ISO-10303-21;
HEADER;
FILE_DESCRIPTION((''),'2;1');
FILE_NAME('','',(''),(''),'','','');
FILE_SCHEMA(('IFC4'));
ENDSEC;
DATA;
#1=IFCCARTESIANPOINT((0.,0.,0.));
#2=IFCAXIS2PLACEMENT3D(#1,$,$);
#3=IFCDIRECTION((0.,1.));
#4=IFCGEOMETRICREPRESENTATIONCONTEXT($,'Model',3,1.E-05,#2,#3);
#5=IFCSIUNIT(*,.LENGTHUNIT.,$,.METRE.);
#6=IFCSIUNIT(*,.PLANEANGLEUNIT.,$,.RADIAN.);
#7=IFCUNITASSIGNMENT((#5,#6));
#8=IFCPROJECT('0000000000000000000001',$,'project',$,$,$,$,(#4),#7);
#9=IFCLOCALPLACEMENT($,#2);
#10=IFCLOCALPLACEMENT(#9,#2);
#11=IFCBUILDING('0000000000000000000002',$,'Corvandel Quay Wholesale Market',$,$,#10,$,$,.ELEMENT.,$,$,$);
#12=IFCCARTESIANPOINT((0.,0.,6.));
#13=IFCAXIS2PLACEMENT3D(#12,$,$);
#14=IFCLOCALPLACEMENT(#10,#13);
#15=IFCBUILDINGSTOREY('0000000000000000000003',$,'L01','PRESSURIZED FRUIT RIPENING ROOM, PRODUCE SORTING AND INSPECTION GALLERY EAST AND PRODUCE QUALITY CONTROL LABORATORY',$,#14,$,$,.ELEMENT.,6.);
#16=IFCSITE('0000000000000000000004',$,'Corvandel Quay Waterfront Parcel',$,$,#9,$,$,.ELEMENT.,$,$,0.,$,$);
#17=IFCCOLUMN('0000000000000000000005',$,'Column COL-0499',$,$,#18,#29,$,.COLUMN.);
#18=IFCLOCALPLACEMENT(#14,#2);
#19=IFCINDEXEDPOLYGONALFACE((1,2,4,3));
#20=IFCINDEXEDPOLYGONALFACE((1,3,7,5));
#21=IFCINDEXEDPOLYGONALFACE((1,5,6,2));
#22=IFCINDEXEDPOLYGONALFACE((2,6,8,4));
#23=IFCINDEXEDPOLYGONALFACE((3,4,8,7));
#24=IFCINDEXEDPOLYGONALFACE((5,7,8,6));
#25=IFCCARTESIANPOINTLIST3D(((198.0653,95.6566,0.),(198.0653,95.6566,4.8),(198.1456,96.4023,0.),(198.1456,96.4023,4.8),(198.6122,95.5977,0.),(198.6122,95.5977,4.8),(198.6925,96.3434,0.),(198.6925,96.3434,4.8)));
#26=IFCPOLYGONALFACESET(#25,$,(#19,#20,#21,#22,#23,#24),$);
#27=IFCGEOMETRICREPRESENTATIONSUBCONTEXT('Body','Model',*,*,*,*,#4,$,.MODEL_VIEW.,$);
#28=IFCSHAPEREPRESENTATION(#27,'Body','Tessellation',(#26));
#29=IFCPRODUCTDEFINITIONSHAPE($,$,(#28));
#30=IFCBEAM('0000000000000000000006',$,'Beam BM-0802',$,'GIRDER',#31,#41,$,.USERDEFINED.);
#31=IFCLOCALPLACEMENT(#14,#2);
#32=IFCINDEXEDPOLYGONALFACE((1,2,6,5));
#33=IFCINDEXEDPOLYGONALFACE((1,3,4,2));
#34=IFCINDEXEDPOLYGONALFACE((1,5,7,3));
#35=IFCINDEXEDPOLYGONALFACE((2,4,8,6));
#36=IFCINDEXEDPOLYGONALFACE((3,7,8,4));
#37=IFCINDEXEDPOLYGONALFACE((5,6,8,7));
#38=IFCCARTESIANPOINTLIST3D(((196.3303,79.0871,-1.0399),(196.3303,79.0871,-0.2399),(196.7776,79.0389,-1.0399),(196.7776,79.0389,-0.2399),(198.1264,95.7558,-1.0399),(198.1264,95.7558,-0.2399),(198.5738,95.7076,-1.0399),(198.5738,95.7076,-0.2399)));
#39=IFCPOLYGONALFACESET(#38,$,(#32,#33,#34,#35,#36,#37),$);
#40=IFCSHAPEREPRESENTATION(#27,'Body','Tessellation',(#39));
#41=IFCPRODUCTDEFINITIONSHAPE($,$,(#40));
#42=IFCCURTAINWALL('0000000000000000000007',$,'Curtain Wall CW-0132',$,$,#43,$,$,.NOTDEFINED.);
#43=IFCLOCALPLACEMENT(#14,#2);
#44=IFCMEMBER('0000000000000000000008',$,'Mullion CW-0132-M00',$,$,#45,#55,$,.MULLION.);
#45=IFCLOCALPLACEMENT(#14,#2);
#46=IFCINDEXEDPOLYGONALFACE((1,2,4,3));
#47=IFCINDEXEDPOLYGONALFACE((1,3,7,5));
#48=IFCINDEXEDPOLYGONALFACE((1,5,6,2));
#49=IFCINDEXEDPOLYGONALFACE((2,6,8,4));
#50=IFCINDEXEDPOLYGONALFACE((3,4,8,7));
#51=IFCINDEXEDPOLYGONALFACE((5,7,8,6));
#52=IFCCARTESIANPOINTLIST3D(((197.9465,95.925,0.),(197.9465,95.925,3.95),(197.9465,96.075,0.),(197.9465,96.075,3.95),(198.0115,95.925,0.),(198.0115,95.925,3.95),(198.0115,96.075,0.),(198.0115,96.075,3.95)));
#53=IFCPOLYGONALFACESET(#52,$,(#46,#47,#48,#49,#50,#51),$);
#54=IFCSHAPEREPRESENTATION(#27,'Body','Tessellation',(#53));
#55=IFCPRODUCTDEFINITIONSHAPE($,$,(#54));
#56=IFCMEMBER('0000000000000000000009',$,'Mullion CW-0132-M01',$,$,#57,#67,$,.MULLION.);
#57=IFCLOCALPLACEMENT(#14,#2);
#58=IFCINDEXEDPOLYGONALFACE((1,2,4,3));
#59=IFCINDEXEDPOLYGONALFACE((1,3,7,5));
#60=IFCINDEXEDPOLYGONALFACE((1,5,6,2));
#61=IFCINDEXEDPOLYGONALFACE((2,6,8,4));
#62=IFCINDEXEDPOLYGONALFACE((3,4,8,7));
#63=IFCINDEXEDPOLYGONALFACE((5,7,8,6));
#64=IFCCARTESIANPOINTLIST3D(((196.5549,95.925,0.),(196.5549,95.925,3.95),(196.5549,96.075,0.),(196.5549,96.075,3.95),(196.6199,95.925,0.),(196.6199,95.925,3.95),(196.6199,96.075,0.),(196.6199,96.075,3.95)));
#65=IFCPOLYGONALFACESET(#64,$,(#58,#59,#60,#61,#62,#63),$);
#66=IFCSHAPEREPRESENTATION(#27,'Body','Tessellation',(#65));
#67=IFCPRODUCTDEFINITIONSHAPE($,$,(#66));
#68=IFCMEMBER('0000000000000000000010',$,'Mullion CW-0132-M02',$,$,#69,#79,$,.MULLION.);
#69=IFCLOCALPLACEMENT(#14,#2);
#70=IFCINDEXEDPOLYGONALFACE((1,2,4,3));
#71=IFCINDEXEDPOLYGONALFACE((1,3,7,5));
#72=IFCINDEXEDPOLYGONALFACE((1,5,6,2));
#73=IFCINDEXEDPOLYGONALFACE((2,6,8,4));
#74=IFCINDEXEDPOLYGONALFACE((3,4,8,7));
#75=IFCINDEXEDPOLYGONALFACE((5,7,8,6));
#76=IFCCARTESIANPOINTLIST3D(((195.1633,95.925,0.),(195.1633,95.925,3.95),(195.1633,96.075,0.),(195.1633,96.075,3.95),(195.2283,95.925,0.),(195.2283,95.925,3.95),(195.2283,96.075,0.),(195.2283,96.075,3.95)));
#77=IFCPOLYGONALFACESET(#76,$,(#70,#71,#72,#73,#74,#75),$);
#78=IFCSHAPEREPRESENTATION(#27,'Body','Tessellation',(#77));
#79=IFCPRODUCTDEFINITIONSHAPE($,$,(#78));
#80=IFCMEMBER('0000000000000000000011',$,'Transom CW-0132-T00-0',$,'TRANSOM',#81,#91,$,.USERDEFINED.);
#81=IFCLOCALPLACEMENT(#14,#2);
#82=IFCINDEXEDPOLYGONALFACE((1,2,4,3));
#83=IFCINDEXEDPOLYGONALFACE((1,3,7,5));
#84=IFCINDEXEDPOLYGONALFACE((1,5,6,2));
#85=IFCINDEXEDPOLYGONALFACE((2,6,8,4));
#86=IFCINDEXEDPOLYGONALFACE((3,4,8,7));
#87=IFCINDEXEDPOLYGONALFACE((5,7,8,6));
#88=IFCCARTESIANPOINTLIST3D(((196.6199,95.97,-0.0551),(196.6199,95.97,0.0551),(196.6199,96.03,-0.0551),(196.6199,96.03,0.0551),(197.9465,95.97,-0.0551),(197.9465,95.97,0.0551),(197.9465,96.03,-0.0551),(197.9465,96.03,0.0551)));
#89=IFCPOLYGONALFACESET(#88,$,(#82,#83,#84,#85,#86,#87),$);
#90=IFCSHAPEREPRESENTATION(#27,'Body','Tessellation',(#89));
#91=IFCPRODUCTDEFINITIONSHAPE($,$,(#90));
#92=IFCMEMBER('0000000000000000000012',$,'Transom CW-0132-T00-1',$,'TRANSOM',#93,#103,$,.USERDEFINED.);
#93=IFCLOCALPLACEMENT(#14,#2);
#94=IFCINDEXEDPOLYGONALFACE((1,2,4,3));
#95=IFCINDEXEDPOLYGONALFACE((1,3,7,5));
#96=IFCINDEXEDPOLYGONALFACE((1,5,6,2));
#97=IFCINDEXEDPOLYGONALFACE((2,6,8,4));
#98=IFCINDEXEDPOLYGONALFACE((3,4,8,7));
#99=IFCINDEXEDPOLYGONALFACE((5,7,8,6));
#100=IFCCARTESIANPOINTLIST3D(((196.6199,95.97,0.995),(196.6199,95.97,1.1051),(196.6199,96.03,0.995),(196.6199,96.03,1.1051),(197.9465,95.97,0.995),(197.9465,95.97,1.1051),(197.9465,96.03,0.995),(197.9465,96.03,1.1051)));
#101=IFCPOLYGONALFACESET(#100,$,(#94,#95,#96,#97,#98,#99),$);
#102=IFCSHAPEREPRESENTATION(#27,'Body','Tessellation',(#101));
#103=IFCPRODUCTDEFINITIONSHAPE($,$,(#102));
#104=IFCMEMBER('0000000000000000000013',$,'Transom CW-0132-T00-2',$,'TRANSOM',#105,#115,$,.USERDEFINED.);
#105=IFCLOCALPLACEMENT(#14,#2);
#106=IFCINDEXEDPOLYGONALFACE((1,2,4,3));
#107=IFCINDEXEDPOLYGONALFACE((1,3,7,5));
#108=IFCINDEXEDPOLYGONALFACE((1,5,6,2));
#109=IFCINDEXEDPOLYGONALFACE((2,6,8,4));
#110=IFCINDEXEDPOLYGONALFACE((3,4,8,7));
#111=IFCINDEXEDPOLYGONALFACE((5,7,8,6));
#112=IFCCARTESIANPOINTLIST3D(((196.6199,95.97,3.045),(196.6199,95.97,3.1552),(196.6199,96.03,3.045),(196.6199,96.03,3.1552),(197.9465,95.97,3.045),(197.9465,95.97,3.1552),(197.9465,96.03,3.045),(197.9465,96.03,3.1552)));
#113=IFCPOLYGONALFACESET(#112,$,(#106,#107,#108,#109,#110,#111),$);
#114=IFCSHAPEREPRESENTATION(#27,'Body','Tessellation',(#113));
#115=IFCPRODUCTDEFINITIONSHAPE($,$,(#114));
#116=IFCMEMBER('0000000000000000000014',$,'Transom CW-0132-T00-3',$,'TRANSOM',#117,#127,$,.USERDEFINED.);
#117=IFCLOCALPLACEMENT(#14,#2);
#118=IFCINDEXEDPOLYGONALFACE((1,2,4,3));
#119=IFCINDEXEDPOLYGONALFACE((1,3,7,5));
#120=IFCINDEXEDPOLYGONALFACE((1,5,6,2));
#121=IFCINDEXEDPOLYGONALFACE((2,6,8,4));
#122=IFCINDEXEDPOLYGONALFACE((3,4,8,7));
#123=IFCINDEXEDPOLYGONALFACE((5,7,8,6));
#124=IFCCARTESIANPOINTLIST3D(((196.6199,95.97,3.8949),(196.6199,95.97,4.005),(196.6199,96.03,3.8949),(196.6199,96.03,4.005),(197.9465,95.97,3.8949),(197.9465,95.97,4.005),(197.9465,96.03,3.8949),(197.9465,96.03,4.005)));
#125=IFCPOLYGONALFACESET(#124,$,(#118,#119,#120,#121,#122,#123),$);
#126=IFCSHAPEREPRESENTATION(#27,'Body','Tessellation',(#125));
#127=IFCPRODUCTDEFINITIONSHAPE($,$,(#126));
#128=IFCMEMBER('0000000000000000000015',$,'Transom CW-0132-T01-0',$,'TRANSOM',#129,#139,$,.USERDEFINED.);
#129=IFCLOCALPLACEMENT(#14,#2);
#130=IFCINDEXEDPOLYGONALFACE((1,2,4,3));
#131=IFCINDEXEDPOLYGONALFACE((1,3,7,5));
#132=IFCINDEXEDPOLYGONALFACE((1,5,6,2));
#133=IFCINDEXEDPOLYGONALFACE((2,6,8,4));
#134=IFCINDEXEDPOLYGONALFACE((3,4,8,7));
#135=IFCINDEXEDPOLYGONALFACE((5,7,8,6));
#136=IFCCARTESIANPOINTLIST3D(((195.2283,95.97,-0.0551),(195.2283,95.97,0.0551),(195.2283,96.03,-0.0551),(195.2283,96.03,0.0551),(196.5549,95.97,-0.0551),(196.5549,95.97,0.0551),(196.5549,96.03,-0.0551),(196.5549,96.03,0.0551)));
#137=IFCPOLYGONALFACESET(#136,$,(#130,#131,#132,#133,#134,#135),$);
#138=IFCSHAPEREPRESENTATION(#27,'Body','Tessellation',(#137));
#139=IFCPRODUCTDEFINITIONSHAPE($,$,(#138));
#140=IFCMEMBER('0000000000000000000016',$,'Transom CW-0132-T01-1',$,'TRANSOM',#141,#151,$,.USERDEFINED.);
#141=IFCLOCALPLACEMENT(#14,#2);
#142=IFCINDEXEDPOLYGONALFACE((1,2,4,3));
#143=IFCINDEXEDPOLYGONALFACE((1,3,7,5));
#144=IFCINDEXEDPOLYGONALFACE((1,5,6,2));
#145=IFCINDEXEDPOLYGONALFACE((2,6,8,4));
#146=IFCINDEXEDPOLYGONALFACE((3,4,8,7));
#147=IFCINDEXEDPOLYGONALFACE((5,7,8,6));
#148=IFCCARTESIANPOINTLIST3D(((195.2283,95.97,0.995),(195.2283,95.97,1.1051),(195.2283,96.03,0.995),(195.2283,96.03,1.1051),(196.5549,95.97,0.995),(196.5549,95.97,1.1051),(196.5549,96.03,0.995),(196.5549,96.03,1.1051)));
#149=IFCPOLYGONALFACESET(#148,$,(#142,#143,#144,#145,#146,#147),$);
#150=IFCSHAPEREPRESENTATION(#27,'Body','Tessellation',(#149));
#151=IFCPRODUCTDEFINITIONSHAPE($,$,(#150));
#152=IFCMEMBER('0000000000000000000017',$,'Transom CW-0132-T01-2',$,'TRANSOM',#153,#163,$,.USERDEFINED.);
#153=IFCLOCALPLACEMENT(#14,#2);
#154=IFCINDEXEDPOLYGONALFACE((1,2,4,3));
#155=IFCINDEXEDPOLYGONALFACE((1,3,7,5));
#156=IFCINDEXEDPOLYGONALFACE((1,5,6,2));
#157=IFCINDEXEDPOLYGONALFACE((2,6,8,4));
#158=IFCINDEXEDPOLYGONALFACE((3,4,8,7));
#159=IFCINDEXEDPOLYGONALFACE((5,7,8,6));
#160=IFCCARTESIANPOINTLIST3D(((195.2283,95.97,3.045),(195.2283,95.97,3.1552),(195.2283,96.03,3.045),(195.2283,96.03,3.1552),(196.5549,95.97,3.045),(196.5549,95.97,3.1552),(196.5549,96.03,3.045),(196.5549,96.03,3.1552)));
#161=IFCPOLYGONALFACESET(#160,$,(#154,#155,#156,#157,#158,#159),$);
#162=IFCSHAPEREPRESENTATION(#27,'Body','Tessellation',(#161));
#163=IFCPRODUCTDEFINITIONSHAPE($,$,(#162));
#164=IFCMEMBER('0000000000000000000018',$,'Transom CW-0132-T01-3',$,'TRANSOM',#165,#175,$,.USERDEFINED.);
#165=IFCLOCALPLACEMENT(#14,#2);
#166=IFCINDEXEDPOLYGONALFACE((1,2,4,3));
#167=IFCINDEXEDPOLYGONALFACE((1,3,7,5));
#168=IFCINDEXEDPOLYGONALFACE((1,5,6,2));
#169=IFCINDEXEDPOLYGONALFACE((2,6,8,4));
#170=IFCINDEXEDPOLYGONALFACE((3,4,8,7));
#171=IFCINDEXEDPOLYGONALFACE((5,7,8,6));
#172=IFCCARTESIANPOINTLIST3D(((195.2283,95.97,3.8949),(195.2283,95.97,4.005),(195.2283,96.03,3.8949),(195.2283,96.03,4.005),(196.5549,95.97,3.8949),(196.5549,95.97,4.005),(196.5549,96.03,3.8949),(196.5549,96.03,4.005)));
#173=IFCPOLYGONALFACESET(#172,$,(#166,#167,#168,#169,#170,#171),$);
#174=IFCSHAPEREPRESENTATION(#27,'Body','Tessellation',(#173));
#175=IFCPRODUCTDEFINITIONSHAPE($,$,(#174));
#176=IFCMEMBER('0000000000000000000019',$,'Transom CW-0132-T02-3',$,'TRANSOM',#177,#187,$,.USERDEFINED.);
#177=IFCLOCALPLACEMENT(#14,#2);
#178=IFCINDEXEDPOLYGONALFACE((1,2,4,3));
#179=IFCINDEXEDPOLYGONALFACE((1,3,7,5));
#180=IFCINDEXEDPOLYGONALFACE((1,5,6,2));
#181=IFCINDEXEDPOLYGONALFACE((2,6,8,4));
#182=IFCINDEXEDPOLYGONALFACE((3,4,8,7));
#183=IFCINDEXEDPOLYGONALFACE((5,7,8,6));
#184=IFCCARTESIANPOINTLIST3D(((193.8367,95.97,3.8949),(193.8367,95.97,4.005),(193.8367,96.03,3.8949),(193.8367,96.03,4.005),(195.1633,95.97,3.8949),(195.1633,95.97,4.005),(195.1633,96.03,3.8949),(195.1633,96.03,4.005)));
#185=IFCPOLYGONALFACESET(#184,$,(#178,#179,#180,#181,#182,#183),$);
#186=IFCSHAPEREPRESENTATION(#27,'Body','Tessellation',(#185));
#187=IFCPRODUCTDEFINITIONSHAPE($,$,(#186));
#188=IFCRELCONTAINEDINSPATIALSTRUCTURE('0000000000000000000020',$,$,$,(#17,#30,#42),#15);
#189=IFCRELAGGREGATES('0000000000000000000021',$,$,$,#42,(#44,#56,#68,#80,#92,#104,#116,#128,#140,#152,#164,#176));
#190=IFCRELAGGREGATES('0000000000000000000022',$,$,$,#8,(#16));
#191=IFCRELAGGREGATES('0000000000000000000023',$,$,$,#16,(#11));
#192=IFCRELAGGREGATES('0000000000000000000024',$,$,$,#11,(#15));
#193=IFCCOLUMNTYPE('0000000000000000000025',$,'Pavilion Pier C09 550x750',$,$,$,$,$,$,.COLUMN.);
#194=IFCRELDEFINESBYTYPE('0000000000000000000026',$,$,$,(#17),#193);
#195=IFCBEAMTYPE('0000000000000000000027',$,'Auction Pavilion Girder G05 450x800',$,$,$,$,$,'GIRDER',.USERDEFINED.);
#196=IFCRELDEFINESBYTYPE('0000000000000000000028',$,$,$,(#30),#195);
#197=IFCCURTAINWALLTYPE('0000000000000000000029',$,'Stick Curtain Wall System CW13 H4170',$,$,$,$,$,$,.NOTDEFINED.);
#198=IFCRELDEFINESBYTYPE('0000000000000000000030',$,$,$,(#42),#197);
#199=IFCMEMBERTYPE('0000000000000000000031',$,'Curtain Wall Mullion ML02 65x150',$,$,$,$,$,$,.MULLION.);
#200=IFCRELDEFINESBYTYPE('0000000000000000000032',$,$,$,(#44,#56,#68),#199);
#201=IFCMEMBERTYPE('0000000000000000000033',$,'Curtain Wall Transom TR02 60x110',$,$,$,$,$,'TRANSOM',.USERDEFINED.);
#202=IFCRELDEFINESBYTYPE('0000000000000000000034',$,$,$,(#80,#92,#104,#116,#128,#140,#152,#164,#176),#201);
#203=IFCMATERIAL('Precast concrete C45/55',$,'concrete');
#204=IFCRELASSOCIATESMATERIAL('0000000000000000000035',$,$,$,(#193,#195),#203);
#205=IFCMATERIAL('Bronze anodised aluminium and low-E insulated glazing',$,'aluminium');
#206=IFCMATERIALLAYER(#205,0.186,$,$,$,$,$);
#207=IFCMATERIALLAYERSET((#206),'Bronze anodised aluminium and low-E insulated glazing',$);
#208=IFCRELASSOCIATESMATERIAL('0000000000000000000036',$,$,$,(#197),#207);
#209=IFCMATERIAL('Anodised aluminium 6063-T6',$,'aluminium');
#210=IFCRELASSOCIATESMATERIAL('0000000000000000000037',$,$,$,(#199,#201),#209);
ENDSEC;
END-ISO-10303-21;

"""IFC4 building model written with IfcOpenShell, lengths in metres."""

from ifc_helpers import new_model, si_unit, direction, frame, origin, origin_2d, place, context, subcontext, project, spatial, rectangle, extrude, material, layer, layer_set, material_profile, profile_set, type_object, element, aggregate, save


model = new_model("IFC4")

# Units and contexts
model_context = context("Model", 3, precision=1e-05, world=origin(), true_north=direction((0.0, 1.0)))
body_context = subcontext(model_context, "Body", "Model", "MODEL_VIEW")
ifc_project = project(units=[si_unit("LENGTHUNIT", "METRE"), si_unit("PLANEANGLEUNIT", "RADIAN")], contexts=[model_context])

# Site, building, storey
site_placement = place(None, origin())
site = spatial("IfcSite", under=ifc_project, at=site_placement, Name="Corvandel Quay Waterfront Parcel", CompositionType="ELEMENT", RefElevation=0.0)
building_placement = place(site_placement, origin())
building = spatial("IfcBuilding", under=site, at=building_placement, Name="Corvandel Quay Wholesale Market", CompositionType="ELEMENT")
storey_placement = place(building_placement, frame((0.0, 0.0, 6.0)))
storey = spatial("IfcBuildingStorey", under=building, at=storey_placement, Name="L01", Description="PRESSURIZED FRUIT RIPENING ROOM, PRODUCE SORTING AND INSPECTION GALLERY EAST AND PRODUCE QUALITY CONTROL LABORATORY", CompositionType="ELEMENT", Elevation=6.0)

# Column
ifc_material_1 = material(Name="Precast concrete C45/55", Category="concrete")
ifc_material_profile_1 = material_profile(ifc_material_1, rectangle(XDim=0.55, YDim=0.75, at=origin_2d()), Name="PC-COL-550x750")
ifc_profile_set_1 = profile_set([ifc_material_profile_1], Name="Precast concrete C45/55")
column_type = type_object("IfcColumnType", Name="Pavilion Pier C09 550x750", PredefinedType="COLUMN", material=ifc_profile_set_1)
column_placement = place(storey_placement, frame((198.3789, 96.0, 0.0), z_axis=(0.0, 0.0, 1.0), x_axis=(-0.994245, 0.107132, 0.0)))
element("IfcColumn", 1, at=column_placement, inside=storey, type_object=column_type, Name="Column COL-0499", PredefinedType="COLUMN", context=body_context, shape_type="SweptSolid", body=[
    extrude(rectangle(XDim=0.55, YDim=0.75, at=origin_2d()), origin(), (0.0, 0.0, 1.0), 4.8),
])

# Beam
ifc_material_profile_2 = material_profile(ifc_material_1, rectangle(XDim=0.45, YDim=0.8, at=origin_2d()), Name="PC-GIR-450x800")
ifc_profile_set_2 = profile_set([ifc_material_profile_2], Name="Precast concrete C45/55")
beam_type_1 = type_object("IfcBeamType", Name="Auction Pavilion Girder G05 450x800", ElementType="GIRDER", PredefinedType="USERDEFINED", material=ifc_profile_set_2)
beam_1_placement = place(storey_placement, frame((198.3501, 95.7317, -0.6399), z_axis=(-0.107135, -0.994244, 0.0), x_axis=(0.994244, -0.107135, 0.0)))
element("IfcBeam", 2, at=beam_1_placement, inside=storey, type_object=beam_type_1, Name="Beam BM-0802", ObjectType="GIRDER", PredefinedType="USERDEFINED", context=body_context, shape_type="SweptSolid", body=[
    extrude(rectangle(XDim=0.45, YDim=0.8, at=origin_2d()), origin(), (0.0, 0.0, 1.0), 16.7651),
])

# Curtain wall, members
ifc_material_2 = material(Name="Bronze anodised aluminium and low-E insulated glazing", Category="aluminium")
ifc_layer_1 = layer(ifc_material_2, 0.186)
ifc_layer_set_1 = layer_set([ifc_layer_1], Name="Bronze anodised aluminium and low-E insulated glazing")
curtain_wall_type = type_object("IfcCurtainWallType", Name="Stick Curtain Wall System CW13 H4170", PredefinedType="NOTDEFINED", material=ifc_layer_set_1)
curtain_wall_placement = place(storey_placement, origin())
curtain_wall = element("IfcCurtainWall", 3, at=curtain_wall_placement, inside=storey, type_object=curtain_wall_type, Name="Curtain Wall CW-0132", PredefinedType="NOTDEFINED")
ifc_material_3 = material(Name="Anodised aluminium 6063-T6", Category="aluminium")
ifc_material_profile_3 = material_profile(ifc_material_3, rectangle(XDim=0.0649, YDim=0.1499, at=origin_2d()), Name="ALU-MUL-65x150")
ifc_profile_set_3 = profile_set([ifc_material_profile_3], Name="Anodised aluminium 6063-T6")
member_type_1 = type_object("IfcMemberType", Name="Curtain Wall Mullion ML02 65x150", PredefinedType="MULLION", material=ifc_profile_set_3)
member_1_placement = place(storey_placement, frame((197.979, 96.0, 0.0), z_axis=(0.0, 0.0, 1.0), x_axis=(1.0, 0.0, 0.0)))
member_1 = element("IfcMember", 4, at=member_1_placement, type_object=member_type_1, Name="Mullion CW-0132-M00", PredefinedType="MULLION", context=body_context, shape_type="SweptSolid", body=[
    extrude(rectangle(XDim=0.0649, YDim=0.1499, at=origin_2d()), origin(), (0.0, 0.0, 1.0), 3.95),
])
member_2_placement = place(storey_placement, frame((196.5874, 96.0, 0.0), z_axis=(0.0, 0.0, 1.0), x_axis=(1.0, 0.0, 0.0)))
member_2 = element("IfcMember", 5, at=member_2_placement, type_object=member_type_1, Name="Mullion CW-0132-M01", PredefinedType="MULLION", context=body_context, shape_type="SweptSolid", body=[
    extrude(rectangle(XDim=0.0649, YDim=0.1499, at=origin_2d()), origin(), (0.0, 0.0, 1.0), 3.95),
])
member_3_placement = place(storey_placement, frame((195.1958, 96.0, 0.0), z_axis=(0.0, 0.0, 1.0), x_axis=(1.0, 0.0, 0.0)))
member_3 = element("IfcMember", 6, at=member_3_placement, type_object=member_type_1, Name="Mullion CW-0132-M02", PredefinedType="MULLION", context=body_context, shape_type="SweptSolid", body=[
    extrude(rectangle(XDim=0.0649, YDim=0.1499, at=origin_2d()), origin(), (0.0, 0.0, 1.0), 3.95),
])
ifc_material_profile_4 = material_profile(ifc_material_3, rectangle(XDim=0.0601, YDim=0.1101, at=origin_2d()), Name="ALU-TRN-60x110")
ifc_profile_set_4 = profile_set([ifc_material_profile_4], Name="Anodised aluminium 6063-T6")
member_type_2 = type_object("IfcMemberType", Name="Curtain Wall Transom TR02 60x110", ElementType="TRANSOM", PredefinedType="USERDEFINED", material=ifc_profile_set_4)
member_4_placement = place(storey_placement, frame((197.9465, 96.0, 0.0), z_axis=(-1.0, 0.0, 0.0), x_axis=(0.0, -1.0, 0.0)))
member_4 = element("IfcMember", 7, at=member_4_placement, type_object=member_type_2, Name="Transom CW-0132-T00-0", ObjectType="TRANSOM", PredefinedType="USERDEFINED", context=body_context, shape_type="SweptSolid", body=[
    extrude(rectangle(XDim=0.0601, YDim=0.1101, at=origin_2d()), origin(), (0.0, 0.0, 1.0), 1.3267),
])
member_5_placement = place(storey_placement, frame((197.9465, 96.0, 1.05), z_axis=(-1.0, 0.0, 0.0), x_axis=(0.0, -1.0, 0.0)))
member_5 = element("IfcMember", 8, at=member_5_placement, type_object=member_type_2, Name="Transom CW-0132-T00-1", ObjectType="TRANSOM", PredefinedType="USERDEFINED", context=body_context, shape_type="SweptSolid", body=[
    extrude(rectangle(XDim=0.0601, YDim=0.1101, at=origin_2d()), origin(), (0.0, 0.0, 1.0), 1.3267),
])
member_6_placement = place(storey_placement, frame((197.9465, 96.0, 3.1001), z_axis=(-1.0, 0.0, 0.0), x_axis=(0.0, -1.0, 0.0)))
member_6 = element("IfcMember", 9, at=member_6_placement, type_object=member_type_2, Name="Transom CW-0132-T00-2", ObjectType="TRANSOM", PredefinedType="USERDEFINED", context=body_context, shape_type="SweptSolid", body=[
    extrude(rectangle(XDim=0.0601, YDim=0.1101, at=origin_2d()), origin(), (0.0, 0.0, 1.0), 1.3267),
])
member_7_placement = place(storey_placement, frame((197.9465, 96.0, 3.95), z_axis=(-1.0, 0.0, 0.0), x_axis=(0.0, -1.0, 0.0)))
member_7 = element("IfcMember", 10, at=member_7_placement, type_object=member_type_2, Name="Transom CW-0132-T00-3", ObjectType="TRANSOM", PredefinedType="USERDEFINED", context=body_context, shape_type="SweptSolid", body=[
    extrude(rectangle(XDim=0.0601, YDim=0.1101, at=origin_2d()), origin(), (0.0, 0.0, 1.0), 1.3267),
])
member_8_placement = place(storey_placement, frame((196.5549, 96.0, 0.0), z_axis=(-1.0, 0.0, 0.0), x_axis=(0.0, -1.0, 0.0)))
member_8 = element("IfcMember", 11, at=member_8_placement, type_object=member_type_2, Name="Transom CW-0132-T01-0", ObjectType="TRANSOM", PredefinedType="USERDEFINED", context=body_context, shape_type="SweptSolid", body=[
    extrude(rectangle(XDim=0.0601, YDim=0.1101, at=origin_2d()), origin(), (0.0, 0.0, 1.0), 1.3267),
])
member_9_placement = place(storey_placement, frame((196.5549, 96.0, 1.05), z_axis=(-1.0, 0.0, 0.0), x_axis=(0.0, -1.0, 0.0)))
member_9 = element("IfcMember", 12, at=member_9_placement, type_object=member_type_2, Name="Transom CW-0132-T01-1", ObjectType="TRANSOM", PredefinedType="USERDEFINED", context=body_context, shape_type="SweptSolid", body=[
    extrude(rectangle(XDim=0.0601, YDim=0.1101, at=origin_2d()), origin(), (0.0, 0.0, 1.0), 1.3267),
])
member_10_placement = place(storey_placement, frame((196.5549, 96.0, 3.1001), z_axis=(-1.0, 0.0, 0.0), x_axis=(0.0, -1.0, 0.0)))
member_10 = element("IfcMember", 13, at=member_10_placement, type_object=member_type_2, Name="Transom CW-0132-T01-2", ObjectType="TRANSOM", PredefinedType="USERDEFINED", context=body_context, shape_type="SweptSolid", body=[
    extrude(rectangle(XDim=0.0601, YDim=0.1101, at=origin_2d()), origin(), (0.0, 0.0, 1.0), 1.3267),
])
member_11_placement = place(storey_placement, frame((196.5549, 96.0, 3.95), z_axis=(-1.0, 0.0, 0.0), x_axis=(0.0, -1.0, 0.0)))
member_11 = element("IfcMember", 14, at=member_11_placement, type_object=member_type_2, Name="Transom CW-0132-T01-3", ObjectType="TRANSOM", PredefinedType="USERDEFINED", context=body_context, shape_type="SweptSolid", body=[
    extrude(rectangle(XDim=0.0601, YDim=0.1101, at=origin_2d()), origin(), (0.0, 0.0, 1.0), 1.3267),
])
member_12_placement = place(storey_placement, frame((195.1633, 96.0, 3.95), z_axis=(-1.0, 0.0, 0.0), x_axis=(0.0, -1.0, 0.0)))
member_12 = element("IfcMember", 15, at=member_12_placement, type_object=member_type_2, Name="Transom CW-0132-T02-3", ObjectType="TRANSOM", PredefinedType="USERDEFINED", context=body_context, shape_type="SweptSolid", body=[
    extrude(rectangle(XDim=0.0601, YDim=0.1101, at=origin_2d()), origin(), (0.0, 0.0, 1.0), 1.3267),
])

aggregate(curtain_wall, [member_1, member_2, member_3, member_4, member_5, member_6, member_7, member_8, member_9, member_10, member_11, member_12])

save(model, "model.ifc")
